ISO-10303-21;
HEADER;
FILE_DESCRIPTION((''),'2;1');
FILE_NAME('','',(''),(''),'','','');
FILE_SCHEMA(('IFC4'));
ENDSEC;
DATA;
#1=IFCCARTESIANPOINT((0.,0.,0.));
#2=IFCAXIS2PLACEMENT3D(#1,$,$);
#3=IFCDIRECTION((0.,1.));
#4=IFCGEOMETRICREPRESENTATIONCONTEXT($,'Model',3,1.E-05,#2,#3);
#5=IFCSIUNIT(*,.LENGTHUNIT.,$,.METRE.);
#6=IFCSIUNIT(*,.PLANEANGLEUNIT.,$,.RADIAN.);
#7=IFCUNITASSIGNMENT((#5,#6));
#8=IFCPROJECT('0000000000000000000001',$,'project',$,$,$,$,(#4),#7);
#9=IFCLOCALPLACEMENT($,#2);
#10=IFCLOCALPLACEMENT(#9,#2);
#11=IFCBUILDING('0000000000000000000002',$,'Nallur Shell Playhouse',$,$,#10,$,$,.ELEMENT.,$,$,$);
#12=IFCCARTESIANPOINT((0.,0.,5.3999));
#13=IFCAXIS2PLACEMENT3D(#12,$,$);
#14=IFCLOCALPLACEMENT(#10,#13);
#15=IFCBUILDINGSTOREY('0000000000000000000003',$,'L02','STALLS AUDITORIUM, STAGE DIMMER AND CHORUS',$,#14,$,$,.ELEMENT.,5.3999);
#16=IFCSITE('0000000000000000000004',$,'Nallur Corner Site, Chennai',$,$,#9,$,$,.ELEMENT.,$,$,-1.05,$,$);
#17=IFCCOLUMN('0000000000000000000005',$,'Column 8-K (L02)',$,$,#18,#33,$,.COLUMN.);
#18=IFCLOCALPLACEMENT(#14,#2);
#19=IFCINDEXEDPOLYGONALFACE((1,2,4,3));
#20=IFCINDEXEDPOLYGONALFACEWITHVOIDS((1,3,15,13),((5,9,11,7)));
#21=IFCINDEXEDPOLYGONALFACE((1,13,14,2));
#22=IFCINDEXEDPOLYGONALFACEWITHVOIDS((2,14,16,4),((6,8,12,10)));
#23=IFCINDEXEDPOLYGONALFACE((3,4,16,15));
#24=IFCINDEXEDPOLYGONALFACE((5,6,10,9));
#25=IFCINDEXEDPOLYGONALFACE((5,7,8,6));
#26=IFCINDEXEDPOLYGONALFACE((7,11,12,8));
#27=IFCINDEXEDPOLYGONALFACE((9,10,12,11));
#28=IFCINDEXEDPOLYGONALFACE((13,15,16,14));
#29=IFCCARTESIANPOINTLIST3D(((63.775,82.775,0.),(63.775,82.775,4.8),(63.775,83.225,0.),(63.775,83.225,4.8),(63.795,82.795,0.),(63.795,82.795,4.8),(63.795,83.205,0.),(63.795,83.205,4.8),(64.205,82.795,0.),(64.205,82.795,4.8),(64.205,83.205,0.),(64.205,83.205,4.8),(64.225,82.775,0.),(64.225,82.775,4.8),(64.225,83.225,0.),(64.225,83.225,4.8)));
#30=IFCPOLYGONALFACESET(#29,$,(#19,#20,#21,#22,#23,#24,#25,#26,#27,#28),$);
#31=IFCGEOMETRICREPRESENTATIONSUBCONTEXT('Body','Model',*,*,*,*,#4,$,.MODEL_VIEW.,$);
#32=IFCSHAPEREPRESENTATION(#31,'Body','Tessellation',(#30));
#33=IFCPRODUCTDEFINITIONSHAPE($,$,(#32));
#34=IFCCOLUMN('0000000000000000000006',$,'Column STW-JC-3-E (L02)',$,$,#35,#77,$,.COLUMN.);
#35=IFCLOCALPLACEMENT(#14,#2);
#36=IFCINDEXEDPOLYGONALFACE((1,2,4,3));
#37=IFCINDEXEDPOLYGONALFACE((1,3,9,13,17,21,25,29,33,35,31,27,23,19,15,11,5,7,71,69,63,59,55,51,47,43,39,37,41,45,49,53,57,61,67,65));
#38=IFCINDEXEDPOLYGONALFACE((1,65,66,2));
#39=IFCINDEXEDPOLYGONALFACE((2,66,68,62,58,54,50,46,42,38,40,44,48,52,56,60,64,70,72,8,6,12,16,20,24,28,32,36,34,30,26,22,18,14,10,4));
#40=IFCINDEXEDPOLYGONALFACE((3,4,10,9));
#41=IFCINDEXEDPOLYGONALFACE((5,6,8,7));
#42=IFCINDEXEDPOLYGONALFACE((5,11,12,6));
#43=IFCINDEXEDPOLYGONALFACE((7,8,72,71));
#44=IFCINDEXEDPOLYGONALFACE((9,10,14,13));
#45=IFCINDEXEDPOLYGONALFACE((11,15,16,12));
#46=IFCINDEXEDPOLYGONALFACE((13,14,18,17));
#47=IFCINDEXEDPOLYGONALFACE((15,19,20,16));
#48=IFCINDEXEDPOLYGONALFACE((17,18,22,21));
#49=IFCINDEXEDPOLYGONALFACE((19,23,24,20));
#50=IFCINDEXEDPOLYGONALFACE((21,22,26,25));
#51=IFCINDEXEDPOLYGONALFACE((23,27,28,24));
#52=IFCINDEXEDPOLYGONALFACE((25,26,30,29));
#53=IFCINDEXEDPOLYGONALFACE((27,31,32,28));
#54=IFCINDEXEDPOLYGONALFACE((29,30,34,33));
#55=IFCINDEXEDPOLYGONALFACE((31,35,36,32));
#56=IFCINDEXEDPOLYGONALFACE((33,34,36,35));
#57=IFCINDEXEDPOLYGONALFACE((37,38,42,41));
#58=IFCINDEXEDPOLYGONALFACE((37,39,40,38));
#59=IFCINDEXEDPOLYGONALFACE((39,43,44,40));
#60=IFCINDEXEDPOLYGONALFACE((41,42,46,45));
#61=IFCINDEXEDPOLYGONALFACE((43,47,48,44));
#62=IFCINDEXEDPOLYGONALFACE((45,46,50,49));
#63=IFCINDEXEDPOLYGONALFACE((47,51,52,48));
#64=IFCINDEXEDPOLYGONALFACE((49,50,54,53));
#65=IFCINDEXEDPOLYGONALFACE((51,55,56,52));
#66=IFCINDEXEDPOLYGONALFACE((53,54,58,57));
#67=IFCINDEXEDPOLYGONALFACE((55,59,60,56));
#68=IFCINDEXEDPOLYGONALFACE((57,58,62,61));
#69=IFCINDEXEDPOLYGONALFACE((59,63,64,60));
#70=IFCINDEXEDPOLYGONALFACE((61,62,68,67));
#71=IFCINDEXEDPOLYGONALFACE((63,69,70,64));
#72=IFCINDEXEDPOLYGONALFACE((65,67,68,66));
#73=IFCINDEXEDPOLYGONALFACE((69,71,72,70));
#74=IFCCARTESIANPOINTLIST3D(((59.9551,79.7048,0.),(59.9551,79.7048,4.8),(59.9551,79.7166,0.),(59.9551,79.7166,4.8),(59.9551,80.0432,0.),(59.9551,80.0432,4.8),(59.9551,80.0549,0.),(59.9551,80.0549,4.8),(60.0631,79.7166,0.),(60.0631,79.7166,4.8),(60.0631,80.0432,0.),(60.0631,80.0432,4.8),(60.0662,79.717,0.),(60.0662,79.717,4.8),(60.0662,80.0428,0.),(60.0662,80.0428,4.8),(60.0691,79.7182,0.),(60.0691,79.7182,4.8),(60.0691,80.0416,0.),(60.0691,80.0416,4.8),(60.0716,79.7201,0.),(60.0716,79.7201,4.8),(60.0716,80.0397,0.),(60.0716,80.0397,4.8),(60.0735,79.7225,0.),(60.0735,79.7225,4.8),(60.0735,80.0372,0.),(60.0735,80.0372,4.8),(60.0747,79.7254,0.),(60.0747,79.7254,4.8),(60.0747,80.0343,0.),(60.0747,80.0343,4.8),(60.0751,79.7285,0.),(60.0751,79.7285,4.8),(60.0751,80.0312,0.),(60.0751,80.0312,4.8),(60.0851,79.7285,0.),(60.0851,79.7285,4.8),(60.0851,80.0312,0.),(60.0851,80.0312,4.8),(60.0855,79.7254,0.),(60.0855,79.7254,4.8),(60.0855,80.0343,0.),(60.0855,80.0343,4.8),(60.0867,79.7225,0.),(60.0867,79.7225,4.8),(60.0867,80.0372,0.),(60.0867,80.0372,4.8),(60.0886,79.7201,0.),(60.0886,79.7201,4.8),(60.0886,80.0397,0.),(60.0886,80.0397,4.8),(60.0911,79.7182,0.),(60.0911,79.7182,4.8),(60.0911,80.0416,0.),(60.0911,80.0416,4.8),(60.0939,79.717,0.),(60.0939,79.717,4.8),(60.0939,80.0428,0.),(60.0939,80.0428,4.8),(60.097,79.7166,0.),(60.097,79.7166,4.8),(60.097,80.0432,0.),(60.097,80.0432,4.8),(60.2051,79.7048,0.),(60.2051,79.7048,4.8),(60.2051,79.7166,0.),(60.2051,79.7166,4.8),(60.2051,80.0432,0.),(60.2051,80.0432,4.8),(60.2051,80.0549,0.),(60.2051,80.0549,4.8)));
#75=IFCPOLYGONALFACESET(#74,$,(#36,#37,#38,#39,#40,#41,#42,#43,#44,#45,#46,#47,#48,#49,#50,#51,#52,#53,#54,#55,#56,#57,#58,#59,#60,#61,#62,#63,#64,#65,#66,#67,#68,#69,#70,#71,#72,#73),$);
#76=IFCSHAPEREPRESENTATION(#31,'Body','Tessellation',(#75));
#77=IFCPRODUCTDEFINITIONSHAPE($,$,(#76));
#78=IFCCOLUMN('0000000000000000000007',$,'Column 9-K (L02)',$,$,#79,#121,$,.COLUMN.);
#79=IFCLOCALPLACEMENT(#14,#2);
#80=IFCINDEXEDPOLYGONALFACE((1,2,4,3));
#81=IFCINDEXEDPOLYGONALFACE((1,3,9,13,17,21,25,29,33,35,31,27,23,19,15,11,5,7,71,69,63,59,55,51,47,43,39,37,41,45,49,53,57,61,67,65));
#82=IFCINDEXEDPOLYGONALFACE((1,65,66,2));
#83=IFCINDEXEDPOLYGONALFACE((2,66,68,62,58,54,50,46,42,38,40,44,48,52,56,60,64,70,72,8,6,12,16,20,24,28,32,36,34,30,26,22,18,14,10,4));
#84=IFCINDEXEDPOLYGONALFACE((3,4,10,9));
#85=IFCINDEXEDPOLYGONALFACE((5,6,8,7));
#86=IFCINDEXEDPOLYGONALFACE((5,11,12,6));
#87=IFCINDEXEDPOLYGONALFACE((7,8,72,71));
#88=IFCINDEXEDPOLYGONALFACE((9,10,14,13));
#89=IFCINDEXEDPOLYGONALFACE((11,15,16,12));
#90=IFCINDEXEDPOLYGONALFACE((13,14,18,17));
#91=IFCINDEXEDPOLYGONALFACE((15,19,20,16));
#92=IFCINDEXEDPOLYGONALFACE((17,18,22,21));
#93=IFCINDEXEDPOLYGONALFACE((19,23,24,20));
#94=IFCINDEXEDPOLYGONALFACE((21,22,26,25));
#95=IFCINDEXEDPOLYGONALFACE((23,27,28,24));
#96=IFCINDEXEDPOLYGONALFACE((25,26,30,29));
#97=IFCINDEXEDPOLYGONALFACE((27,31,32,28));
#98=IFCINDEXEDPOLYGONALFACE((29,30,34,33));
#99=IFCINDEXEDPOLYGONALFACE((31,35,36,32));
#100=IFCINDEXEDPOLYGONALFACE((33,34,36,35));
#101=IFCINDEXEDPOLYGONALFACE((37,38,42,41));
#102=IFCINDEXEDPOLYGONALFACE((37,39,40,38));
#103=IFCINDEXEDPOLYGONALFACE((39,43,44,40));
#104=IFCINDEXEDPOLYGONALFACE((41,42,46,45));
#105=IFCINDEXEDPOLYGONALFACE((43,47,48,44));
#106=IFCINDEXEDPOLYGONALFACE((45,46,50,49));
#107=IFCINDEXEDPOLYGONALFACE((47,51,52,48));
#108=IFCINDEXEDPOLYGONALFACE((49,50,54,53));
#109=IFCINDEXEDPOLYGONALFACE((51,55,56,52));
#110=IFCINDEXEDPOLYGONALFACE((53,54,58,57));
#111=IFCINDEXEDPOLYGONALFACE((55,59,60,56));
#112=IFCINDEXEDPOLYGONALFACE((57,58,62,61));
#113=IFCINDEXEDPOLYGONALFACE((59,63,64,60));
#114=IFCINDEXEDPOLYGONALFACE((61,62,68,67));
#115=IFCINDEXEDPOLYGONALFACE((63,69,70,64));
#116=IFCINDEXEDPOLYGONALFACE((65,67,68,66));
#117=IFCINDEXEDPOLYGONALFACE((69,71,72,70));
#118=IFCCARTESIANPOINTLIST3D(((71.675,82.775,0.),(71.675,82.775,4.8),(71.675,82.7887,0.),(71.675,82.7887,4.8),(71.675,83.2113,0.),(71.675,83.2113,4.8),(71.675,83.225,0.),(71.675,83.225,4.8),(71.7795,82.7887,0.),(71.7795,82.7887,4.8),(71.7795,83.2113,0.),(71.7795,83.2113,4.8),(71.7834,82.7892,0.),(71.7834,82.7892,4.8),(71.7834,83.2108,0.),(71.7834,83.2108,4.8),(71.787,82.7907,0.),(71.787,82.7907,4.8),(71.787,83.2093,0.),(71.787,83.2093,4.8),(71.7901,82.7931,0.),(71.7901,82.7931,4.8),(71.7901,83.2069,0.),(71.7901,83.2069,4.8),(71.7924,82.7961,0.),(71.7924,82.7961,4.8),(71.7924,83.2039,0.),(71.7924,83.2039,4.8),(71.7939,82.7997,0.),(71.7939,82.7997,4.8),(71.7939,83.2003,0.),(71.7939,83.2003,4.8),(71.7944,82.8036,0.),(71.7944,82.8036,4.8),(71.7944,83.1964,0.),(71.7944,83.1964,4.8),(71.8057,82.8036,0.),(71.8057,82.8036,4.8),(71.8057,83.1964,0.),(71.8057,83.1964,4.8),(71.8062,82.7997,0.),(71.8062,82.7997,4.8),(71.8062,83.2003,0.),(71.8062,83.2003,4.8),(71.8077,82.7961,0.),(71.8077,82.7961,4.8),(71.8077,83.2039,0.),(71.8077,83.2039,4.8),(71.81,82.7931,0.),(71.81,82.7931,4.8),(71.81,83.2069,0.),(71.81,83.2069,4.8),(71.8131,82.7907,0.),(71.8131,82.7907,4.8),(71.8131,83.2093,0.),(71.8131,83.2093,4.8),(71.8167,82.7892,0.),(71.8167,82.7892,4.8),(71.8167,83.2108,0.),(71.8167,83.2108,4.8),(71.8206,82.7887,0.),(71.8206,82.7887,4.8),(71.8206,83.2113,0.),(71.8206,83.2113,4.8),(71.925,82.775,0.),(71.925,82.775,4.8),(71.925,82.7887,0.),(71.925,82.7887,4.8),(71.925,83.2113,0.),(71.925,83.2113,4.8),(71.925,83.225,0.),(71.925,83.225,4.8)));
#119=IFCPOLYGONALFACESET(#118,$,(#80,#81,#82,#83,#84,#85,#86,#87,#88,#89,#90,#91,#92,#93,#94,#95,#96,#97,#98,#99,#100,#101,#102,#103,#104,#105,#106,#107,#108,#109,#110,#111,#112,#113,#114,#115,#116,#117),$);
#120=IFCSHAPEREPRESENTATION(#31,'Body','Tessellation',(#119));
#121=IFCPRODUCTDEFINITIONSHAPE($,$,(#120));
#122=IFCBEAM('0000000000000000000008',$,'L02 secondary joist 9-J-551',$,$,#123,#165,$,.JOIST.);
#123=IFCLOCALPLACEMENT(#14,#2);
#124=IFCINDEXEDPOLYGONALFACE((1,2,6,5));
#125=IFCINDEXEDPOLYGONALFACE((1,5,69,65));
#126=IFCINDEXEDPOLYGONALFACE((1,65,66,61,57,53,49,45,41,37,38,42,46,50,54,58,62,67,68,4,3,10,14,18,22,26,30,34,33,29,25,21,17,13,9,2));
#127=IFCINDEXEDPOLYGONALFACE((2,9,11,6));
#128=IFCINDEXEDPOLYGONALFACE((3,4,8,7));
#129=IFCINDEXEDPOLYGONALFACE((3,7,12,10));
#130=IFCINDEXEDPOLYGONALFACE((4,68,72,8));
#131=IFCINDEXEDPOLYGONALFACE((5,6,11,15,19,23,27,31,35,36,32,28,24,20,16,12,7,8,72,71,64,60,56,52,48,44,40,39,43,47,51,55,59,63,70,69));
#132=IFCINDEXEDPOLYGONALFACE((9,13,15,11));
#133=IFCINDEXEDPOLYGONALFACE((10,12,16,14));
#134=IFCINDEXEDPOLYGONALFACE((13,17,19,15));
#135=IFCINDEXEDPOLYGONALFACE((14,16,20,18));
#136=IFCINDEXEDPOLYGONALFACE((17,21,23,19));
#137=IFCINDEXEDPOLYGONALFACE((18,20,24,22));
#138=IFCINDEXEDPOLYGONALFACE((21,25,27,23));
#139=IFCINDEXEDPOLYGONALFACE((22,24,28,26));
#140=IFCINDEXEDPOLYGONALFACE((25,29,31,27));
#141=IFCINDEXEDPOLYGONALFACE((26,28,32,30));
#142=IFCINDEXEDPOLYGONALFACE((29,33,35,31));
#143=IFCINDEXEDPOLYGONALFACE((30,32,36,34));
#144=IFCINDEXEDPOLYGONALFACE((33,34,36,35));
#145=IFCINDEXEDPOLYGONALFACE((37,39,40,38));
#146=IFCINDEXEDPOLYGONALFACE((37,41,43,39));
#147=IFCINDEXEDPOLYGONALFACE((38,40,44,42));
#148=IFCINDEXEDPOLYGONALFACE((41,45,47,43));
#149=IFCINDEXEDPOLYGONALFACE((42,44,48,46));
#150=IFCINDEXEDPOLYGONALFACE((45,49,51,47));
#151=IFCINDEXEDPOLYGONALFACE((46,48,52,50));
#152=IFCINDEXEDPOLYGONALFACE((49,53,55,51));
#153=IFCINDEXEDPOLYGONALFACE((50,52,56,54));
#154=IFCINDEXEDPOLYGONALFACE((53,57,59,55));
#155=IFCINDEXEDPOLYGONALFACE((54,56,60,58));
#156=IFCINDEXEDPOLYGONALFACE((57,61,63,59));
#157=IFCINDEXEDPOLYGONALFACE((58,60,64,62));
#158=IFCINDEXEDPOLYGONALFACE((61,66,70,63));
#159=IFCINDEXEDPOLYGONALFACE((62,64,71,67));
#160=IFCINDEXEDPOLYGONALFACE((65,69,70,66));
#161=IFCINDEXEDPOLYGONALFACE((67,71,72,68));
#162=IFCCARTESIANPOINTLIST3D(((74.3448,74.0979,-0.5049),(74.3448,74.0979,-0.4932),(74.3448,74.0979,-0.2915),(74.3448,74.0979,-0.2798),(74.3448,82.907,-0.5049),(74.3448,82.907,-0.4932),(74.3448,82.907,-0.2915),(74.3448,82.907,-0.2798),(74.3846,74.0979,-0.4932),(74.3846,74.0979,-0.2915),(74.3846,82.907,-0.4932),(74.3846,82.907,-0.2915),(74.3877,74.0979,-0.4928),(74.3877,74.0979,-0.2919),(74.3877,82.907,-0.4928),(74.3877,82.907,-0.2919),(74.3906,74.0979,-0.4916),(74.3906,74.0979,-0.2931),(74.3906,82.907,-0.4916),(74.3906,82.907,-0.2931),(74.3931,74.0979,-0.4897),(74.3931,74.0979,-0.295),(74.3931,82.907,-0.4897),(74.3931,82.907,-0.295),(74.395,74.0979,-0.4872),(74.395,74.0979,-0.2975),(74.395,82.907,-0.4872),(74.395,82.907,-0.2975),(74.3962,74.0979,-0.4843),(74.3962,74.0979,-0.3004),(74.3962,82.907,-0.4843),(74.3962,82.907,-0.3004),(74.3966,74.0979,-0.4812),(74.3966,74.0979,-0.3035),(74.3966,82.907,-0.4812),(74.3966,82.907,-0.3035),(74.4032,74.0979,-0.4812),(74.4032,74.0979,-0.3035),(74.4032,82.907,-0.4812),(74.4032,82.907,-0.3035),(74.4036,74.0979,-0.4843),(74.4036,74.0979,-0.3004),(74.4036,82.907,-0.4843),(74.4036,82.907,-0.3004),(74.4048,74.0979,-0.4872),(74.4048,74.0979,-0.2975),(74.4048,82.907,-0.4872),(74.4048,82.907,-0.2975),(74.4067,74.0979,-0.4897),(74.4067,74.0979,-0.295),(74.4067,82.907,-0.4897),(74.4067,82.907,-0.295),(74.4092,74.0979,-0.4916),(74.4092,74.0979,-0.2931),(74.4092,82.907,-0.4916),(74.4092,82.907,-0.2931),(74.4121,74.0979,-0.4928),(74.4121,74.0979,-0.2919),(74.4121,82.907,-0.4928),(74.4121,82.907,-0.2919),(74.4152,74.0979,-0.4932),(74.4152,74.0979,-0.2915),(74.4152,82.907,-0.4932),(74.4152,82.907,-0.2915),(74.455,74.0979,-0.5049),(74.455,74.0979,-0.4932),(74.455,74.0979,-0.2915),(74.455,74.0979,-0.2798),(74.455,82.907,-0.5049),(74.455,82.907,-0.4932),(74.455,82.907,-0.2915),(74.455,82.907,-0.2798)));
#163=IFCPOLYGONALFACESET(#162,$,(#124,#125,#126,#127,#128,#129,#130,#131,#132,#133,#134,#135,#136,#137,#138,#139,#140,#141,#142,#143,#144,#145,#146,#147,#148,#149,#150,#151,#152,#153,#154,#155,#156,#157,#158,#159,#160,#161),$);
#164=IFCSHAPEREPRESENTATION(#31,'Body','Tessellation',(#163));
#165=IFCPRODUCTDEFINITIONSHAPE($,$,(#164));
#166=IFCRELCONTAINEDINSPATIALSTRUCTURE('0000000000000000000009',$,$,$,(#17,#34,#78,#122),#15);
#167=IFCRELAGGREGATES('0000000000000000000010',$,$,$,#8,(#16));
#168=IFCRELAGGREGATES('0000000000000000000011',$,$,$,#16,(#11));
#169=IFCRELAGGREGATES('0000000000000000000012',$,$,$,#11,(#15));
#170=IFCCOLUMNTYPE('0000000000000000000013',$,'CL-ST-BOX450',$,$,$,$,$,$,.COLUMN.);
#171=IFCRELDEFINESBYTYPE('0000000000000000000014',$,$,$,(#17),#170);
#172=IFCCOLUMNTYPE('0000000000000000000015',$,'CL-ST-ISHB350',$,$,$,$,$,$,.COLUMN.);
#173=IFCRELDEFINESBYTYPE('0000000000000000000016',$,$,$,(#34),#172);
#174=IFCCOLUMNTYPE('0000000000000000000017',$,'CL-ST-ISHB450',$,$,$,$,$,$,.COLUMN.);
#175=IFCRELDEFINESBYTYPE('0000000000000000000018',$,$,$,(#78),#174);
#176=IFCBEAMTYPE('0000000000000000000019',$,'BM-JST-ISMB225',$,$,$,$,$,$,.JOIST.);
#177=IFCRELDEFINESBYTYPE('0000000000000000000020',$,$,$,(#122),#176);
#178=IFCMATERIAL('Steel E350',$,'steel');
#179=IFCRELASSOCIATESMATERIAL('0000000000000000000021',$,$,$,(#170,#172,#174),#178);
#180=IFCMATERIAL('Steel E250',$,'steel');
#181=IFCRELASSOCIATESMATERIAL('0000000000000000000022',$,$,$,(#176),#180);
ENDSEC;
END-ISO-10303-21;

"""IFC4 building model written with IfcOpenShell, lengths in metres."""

from ifc_helpers import new_model, si_unit, direction, frame, origin, origin_2d, place, context, subcontext, project, spatial, hollow_rectangle, i_section, extrude, material, material_profile, profile_set, type_object, element, save


model = new_model("IFC4")

# Units and contexts
model_context = context("Model", 3, precision=1e-05, world=origin(), true_north=direction((0.0, 1.0)))
body_context = subcontext(model_context, "Body", "Model", "MODEL_VIEW")
ifc_project = project(units=[si_unit("LENGTHUNIT", "METRE"), si_unit("PLANEANGLEUNIT", "RADIAN")], contexts=[model_context])

# Site, building, storey
site_placement = place(None, origin())
site = spatial("IfcSite", under=ifc_project, at=site_placement, Name="Nallur Corner Site, Chennai", CompositionType="ELEMENT", RefElevation=-1.05)
building_placement = place(site_placement, origin())
building = spatial("IfcBuilding", under=site, at=building_placement, Name="Nallur Shell Playhouse", CompositionType="ELEMENT")
storey_placement = place(building_placement, frame((0.0, 0.0, 5.3999)))
storey = spatial("IfcBuildingStorey", under=building, at=storey_placement, Name="L02", Description="STALLS AUDITORIUM, STAGE DIMMER AND CHORUS", CompositionType="ELEMENT", Elevation=5.3999)

# Columns
ifc_material_1 = material(Name="Steel E350", Category="steel")
ifc_material_profile_1 = material_profile(ifc_material_1, hollow_rectangle(XDim=0.45, YDim=0.45, WallThickness=0.02, at=origin_2d()), Name="BOX 450x450x20")
ifc_profile_set_1 = profile_set([ifc_material_profile_1], Name="Steel E350")
column_type_1 = type_object("IfcColumnType", Name="CL-ST-BOX450", PredefinedType="COLUMN", material=ifc_profile_set_1)
column_1_placement = place(storey_placement, frame((64.0, 83.0, 0.0), z_axis=(0.0, 0.0, 1.0), x_axis=(1.0, 0.0, 0.0)))
element("IfcColumn", 1, at=column_1_placement, inside=storey, type_object=column_type_1, Name="Column 8-K (L02)", PredefinedType="COLUMN", context=body_context, shape_type="SweptSolid", body=[
    extrude(hollow_rectangle(XDim=0.45, YDim=0.45, WallThickness=0.02, at=origin_2d()), origin(), (0.0, 0.0, 1.0), 4.8),
])
ifc_material_profile_2 = material_profile(ifc_material_1, i_section(OverallWidth=0.25, OverallDepth=0.3501, WebThickness=0.01, FlangeThickness=0.0117, FilletRadius=0.012, at=origin_2d()), Name="ISHB 350")
ifc_profile_set_2 = profile_set([ifc_material_profile_2], Name="Steel E350")
column_type_2 = type_object("IfcColumnType", Name="CL-ST-ISHB350", PredefinedType="COLUMN", material=ifc_profile_set_2)
column_2_placement = place(storey_placement, frame((60.0801, 79.8799, 0.0), z_axis=(0.0, 0.0, 1.0), x_axis=(1.0, 0.0, 0.0)))
element("IfcColumn", 2, at=column_2_placement, inside=storey, type_object=column_type_2, Name="Column STW-JC-3-E (L02)", PredefinedType="COLUMN", context=body_context, shape_type="SweptSolid", body=[
    extrude(i_section(OverallWidth=0.25, OverallDepth=0.3501, WebThickness=0.01, FlangeThickness=0.0117, FilletRadius=0.012, at=origin_2d()), origin(), (0.0, 0.0, 1.0), 4.8),
])
ifc_material_profile_3 = material_profile(ifc_material_1, i_section(OverallWidth=0.25, OverallDepth=0.45, WebThickness=0.0112, FlangeThickness=0.0137, FilletRadius=0.0149, at=origin_2d()), Name="ISHB 450")
ifc_profile_set_3 = profile_set([ifc_material_profile_3], Name="Steel E350")
column_type_3 = type_object("IfcColumnType", Name="CL-ST-ISHB450", PredefinedType="COLUMN", material=ifc_profile_set_3)
column_3_placement = place(storey_placement, frame((71.8, 83.0, 0.0), z_axis=(0.0, 0.0, 1.0), x_axis=(1.0, 0.0, 0.0)))
element("IfcColumn", 3, at=column_3_placement, inside=storey, type_object=column_type_3, Name="Column 9-K (L02)", PredefinedType="COLUMN", context=body_context, shape_type="SweptSolid", body=[
    extrude(i_section(OverallWidth=0.25, OverallDepth=0.45, WebThickness=0.0112, FlangeThickness=0.0137, FilletRadius=0.0149, at=origin_2d()), origin(), (0.0, 0.0, 1.0), 4.8),
])

# Beam
ifc_material_2 = material(Name="Steel E250", Category="steel")
ifc_material_profile_4 = material_profile(ifc_material_2, i_section(OverallWidth=0.1101, OverallDepth=0.2251, WebThickness=0.0066, FlangeThickness=0.0117, FilletRadius=0.012, at=origin_2d()), Name="ISMB 225")
ifc_profile_set_4 = profile_set([ifc_material_profile_4], Name="Steel E250")
beam_type_1 = type_object("IfcBeamType", Name="BM-JST-ISMB225", PredefinedType="JOIST", material=ifc_profile_set_4)
beam_1_placement = place(storey_placement, frame((74.3999, 74.0979, -0.3923), z_axis=(0.0, 1.0, 0.0), x_axis=(-1.0, 0.0, 0.0)))
element("IfcBeam", 4, at=beam_1_placement, inside=storey, type_object=beam_type_1, Name="L02 secondary joist 9-J-551", PredefinedType="JOIST", context=body_context, shape_type="SweptSolid", body=[
    extrude(i_section(OverallWidth=0.1101, OverallDepth=0.2251, WebThickness=0.0066, FlangeThickness=0.0117, FilletRadius=0.012, at=origin_2d()), origin(), (0.0, 0.0, 1.0), 8.8091),
])

save(model, "model.ifc")
